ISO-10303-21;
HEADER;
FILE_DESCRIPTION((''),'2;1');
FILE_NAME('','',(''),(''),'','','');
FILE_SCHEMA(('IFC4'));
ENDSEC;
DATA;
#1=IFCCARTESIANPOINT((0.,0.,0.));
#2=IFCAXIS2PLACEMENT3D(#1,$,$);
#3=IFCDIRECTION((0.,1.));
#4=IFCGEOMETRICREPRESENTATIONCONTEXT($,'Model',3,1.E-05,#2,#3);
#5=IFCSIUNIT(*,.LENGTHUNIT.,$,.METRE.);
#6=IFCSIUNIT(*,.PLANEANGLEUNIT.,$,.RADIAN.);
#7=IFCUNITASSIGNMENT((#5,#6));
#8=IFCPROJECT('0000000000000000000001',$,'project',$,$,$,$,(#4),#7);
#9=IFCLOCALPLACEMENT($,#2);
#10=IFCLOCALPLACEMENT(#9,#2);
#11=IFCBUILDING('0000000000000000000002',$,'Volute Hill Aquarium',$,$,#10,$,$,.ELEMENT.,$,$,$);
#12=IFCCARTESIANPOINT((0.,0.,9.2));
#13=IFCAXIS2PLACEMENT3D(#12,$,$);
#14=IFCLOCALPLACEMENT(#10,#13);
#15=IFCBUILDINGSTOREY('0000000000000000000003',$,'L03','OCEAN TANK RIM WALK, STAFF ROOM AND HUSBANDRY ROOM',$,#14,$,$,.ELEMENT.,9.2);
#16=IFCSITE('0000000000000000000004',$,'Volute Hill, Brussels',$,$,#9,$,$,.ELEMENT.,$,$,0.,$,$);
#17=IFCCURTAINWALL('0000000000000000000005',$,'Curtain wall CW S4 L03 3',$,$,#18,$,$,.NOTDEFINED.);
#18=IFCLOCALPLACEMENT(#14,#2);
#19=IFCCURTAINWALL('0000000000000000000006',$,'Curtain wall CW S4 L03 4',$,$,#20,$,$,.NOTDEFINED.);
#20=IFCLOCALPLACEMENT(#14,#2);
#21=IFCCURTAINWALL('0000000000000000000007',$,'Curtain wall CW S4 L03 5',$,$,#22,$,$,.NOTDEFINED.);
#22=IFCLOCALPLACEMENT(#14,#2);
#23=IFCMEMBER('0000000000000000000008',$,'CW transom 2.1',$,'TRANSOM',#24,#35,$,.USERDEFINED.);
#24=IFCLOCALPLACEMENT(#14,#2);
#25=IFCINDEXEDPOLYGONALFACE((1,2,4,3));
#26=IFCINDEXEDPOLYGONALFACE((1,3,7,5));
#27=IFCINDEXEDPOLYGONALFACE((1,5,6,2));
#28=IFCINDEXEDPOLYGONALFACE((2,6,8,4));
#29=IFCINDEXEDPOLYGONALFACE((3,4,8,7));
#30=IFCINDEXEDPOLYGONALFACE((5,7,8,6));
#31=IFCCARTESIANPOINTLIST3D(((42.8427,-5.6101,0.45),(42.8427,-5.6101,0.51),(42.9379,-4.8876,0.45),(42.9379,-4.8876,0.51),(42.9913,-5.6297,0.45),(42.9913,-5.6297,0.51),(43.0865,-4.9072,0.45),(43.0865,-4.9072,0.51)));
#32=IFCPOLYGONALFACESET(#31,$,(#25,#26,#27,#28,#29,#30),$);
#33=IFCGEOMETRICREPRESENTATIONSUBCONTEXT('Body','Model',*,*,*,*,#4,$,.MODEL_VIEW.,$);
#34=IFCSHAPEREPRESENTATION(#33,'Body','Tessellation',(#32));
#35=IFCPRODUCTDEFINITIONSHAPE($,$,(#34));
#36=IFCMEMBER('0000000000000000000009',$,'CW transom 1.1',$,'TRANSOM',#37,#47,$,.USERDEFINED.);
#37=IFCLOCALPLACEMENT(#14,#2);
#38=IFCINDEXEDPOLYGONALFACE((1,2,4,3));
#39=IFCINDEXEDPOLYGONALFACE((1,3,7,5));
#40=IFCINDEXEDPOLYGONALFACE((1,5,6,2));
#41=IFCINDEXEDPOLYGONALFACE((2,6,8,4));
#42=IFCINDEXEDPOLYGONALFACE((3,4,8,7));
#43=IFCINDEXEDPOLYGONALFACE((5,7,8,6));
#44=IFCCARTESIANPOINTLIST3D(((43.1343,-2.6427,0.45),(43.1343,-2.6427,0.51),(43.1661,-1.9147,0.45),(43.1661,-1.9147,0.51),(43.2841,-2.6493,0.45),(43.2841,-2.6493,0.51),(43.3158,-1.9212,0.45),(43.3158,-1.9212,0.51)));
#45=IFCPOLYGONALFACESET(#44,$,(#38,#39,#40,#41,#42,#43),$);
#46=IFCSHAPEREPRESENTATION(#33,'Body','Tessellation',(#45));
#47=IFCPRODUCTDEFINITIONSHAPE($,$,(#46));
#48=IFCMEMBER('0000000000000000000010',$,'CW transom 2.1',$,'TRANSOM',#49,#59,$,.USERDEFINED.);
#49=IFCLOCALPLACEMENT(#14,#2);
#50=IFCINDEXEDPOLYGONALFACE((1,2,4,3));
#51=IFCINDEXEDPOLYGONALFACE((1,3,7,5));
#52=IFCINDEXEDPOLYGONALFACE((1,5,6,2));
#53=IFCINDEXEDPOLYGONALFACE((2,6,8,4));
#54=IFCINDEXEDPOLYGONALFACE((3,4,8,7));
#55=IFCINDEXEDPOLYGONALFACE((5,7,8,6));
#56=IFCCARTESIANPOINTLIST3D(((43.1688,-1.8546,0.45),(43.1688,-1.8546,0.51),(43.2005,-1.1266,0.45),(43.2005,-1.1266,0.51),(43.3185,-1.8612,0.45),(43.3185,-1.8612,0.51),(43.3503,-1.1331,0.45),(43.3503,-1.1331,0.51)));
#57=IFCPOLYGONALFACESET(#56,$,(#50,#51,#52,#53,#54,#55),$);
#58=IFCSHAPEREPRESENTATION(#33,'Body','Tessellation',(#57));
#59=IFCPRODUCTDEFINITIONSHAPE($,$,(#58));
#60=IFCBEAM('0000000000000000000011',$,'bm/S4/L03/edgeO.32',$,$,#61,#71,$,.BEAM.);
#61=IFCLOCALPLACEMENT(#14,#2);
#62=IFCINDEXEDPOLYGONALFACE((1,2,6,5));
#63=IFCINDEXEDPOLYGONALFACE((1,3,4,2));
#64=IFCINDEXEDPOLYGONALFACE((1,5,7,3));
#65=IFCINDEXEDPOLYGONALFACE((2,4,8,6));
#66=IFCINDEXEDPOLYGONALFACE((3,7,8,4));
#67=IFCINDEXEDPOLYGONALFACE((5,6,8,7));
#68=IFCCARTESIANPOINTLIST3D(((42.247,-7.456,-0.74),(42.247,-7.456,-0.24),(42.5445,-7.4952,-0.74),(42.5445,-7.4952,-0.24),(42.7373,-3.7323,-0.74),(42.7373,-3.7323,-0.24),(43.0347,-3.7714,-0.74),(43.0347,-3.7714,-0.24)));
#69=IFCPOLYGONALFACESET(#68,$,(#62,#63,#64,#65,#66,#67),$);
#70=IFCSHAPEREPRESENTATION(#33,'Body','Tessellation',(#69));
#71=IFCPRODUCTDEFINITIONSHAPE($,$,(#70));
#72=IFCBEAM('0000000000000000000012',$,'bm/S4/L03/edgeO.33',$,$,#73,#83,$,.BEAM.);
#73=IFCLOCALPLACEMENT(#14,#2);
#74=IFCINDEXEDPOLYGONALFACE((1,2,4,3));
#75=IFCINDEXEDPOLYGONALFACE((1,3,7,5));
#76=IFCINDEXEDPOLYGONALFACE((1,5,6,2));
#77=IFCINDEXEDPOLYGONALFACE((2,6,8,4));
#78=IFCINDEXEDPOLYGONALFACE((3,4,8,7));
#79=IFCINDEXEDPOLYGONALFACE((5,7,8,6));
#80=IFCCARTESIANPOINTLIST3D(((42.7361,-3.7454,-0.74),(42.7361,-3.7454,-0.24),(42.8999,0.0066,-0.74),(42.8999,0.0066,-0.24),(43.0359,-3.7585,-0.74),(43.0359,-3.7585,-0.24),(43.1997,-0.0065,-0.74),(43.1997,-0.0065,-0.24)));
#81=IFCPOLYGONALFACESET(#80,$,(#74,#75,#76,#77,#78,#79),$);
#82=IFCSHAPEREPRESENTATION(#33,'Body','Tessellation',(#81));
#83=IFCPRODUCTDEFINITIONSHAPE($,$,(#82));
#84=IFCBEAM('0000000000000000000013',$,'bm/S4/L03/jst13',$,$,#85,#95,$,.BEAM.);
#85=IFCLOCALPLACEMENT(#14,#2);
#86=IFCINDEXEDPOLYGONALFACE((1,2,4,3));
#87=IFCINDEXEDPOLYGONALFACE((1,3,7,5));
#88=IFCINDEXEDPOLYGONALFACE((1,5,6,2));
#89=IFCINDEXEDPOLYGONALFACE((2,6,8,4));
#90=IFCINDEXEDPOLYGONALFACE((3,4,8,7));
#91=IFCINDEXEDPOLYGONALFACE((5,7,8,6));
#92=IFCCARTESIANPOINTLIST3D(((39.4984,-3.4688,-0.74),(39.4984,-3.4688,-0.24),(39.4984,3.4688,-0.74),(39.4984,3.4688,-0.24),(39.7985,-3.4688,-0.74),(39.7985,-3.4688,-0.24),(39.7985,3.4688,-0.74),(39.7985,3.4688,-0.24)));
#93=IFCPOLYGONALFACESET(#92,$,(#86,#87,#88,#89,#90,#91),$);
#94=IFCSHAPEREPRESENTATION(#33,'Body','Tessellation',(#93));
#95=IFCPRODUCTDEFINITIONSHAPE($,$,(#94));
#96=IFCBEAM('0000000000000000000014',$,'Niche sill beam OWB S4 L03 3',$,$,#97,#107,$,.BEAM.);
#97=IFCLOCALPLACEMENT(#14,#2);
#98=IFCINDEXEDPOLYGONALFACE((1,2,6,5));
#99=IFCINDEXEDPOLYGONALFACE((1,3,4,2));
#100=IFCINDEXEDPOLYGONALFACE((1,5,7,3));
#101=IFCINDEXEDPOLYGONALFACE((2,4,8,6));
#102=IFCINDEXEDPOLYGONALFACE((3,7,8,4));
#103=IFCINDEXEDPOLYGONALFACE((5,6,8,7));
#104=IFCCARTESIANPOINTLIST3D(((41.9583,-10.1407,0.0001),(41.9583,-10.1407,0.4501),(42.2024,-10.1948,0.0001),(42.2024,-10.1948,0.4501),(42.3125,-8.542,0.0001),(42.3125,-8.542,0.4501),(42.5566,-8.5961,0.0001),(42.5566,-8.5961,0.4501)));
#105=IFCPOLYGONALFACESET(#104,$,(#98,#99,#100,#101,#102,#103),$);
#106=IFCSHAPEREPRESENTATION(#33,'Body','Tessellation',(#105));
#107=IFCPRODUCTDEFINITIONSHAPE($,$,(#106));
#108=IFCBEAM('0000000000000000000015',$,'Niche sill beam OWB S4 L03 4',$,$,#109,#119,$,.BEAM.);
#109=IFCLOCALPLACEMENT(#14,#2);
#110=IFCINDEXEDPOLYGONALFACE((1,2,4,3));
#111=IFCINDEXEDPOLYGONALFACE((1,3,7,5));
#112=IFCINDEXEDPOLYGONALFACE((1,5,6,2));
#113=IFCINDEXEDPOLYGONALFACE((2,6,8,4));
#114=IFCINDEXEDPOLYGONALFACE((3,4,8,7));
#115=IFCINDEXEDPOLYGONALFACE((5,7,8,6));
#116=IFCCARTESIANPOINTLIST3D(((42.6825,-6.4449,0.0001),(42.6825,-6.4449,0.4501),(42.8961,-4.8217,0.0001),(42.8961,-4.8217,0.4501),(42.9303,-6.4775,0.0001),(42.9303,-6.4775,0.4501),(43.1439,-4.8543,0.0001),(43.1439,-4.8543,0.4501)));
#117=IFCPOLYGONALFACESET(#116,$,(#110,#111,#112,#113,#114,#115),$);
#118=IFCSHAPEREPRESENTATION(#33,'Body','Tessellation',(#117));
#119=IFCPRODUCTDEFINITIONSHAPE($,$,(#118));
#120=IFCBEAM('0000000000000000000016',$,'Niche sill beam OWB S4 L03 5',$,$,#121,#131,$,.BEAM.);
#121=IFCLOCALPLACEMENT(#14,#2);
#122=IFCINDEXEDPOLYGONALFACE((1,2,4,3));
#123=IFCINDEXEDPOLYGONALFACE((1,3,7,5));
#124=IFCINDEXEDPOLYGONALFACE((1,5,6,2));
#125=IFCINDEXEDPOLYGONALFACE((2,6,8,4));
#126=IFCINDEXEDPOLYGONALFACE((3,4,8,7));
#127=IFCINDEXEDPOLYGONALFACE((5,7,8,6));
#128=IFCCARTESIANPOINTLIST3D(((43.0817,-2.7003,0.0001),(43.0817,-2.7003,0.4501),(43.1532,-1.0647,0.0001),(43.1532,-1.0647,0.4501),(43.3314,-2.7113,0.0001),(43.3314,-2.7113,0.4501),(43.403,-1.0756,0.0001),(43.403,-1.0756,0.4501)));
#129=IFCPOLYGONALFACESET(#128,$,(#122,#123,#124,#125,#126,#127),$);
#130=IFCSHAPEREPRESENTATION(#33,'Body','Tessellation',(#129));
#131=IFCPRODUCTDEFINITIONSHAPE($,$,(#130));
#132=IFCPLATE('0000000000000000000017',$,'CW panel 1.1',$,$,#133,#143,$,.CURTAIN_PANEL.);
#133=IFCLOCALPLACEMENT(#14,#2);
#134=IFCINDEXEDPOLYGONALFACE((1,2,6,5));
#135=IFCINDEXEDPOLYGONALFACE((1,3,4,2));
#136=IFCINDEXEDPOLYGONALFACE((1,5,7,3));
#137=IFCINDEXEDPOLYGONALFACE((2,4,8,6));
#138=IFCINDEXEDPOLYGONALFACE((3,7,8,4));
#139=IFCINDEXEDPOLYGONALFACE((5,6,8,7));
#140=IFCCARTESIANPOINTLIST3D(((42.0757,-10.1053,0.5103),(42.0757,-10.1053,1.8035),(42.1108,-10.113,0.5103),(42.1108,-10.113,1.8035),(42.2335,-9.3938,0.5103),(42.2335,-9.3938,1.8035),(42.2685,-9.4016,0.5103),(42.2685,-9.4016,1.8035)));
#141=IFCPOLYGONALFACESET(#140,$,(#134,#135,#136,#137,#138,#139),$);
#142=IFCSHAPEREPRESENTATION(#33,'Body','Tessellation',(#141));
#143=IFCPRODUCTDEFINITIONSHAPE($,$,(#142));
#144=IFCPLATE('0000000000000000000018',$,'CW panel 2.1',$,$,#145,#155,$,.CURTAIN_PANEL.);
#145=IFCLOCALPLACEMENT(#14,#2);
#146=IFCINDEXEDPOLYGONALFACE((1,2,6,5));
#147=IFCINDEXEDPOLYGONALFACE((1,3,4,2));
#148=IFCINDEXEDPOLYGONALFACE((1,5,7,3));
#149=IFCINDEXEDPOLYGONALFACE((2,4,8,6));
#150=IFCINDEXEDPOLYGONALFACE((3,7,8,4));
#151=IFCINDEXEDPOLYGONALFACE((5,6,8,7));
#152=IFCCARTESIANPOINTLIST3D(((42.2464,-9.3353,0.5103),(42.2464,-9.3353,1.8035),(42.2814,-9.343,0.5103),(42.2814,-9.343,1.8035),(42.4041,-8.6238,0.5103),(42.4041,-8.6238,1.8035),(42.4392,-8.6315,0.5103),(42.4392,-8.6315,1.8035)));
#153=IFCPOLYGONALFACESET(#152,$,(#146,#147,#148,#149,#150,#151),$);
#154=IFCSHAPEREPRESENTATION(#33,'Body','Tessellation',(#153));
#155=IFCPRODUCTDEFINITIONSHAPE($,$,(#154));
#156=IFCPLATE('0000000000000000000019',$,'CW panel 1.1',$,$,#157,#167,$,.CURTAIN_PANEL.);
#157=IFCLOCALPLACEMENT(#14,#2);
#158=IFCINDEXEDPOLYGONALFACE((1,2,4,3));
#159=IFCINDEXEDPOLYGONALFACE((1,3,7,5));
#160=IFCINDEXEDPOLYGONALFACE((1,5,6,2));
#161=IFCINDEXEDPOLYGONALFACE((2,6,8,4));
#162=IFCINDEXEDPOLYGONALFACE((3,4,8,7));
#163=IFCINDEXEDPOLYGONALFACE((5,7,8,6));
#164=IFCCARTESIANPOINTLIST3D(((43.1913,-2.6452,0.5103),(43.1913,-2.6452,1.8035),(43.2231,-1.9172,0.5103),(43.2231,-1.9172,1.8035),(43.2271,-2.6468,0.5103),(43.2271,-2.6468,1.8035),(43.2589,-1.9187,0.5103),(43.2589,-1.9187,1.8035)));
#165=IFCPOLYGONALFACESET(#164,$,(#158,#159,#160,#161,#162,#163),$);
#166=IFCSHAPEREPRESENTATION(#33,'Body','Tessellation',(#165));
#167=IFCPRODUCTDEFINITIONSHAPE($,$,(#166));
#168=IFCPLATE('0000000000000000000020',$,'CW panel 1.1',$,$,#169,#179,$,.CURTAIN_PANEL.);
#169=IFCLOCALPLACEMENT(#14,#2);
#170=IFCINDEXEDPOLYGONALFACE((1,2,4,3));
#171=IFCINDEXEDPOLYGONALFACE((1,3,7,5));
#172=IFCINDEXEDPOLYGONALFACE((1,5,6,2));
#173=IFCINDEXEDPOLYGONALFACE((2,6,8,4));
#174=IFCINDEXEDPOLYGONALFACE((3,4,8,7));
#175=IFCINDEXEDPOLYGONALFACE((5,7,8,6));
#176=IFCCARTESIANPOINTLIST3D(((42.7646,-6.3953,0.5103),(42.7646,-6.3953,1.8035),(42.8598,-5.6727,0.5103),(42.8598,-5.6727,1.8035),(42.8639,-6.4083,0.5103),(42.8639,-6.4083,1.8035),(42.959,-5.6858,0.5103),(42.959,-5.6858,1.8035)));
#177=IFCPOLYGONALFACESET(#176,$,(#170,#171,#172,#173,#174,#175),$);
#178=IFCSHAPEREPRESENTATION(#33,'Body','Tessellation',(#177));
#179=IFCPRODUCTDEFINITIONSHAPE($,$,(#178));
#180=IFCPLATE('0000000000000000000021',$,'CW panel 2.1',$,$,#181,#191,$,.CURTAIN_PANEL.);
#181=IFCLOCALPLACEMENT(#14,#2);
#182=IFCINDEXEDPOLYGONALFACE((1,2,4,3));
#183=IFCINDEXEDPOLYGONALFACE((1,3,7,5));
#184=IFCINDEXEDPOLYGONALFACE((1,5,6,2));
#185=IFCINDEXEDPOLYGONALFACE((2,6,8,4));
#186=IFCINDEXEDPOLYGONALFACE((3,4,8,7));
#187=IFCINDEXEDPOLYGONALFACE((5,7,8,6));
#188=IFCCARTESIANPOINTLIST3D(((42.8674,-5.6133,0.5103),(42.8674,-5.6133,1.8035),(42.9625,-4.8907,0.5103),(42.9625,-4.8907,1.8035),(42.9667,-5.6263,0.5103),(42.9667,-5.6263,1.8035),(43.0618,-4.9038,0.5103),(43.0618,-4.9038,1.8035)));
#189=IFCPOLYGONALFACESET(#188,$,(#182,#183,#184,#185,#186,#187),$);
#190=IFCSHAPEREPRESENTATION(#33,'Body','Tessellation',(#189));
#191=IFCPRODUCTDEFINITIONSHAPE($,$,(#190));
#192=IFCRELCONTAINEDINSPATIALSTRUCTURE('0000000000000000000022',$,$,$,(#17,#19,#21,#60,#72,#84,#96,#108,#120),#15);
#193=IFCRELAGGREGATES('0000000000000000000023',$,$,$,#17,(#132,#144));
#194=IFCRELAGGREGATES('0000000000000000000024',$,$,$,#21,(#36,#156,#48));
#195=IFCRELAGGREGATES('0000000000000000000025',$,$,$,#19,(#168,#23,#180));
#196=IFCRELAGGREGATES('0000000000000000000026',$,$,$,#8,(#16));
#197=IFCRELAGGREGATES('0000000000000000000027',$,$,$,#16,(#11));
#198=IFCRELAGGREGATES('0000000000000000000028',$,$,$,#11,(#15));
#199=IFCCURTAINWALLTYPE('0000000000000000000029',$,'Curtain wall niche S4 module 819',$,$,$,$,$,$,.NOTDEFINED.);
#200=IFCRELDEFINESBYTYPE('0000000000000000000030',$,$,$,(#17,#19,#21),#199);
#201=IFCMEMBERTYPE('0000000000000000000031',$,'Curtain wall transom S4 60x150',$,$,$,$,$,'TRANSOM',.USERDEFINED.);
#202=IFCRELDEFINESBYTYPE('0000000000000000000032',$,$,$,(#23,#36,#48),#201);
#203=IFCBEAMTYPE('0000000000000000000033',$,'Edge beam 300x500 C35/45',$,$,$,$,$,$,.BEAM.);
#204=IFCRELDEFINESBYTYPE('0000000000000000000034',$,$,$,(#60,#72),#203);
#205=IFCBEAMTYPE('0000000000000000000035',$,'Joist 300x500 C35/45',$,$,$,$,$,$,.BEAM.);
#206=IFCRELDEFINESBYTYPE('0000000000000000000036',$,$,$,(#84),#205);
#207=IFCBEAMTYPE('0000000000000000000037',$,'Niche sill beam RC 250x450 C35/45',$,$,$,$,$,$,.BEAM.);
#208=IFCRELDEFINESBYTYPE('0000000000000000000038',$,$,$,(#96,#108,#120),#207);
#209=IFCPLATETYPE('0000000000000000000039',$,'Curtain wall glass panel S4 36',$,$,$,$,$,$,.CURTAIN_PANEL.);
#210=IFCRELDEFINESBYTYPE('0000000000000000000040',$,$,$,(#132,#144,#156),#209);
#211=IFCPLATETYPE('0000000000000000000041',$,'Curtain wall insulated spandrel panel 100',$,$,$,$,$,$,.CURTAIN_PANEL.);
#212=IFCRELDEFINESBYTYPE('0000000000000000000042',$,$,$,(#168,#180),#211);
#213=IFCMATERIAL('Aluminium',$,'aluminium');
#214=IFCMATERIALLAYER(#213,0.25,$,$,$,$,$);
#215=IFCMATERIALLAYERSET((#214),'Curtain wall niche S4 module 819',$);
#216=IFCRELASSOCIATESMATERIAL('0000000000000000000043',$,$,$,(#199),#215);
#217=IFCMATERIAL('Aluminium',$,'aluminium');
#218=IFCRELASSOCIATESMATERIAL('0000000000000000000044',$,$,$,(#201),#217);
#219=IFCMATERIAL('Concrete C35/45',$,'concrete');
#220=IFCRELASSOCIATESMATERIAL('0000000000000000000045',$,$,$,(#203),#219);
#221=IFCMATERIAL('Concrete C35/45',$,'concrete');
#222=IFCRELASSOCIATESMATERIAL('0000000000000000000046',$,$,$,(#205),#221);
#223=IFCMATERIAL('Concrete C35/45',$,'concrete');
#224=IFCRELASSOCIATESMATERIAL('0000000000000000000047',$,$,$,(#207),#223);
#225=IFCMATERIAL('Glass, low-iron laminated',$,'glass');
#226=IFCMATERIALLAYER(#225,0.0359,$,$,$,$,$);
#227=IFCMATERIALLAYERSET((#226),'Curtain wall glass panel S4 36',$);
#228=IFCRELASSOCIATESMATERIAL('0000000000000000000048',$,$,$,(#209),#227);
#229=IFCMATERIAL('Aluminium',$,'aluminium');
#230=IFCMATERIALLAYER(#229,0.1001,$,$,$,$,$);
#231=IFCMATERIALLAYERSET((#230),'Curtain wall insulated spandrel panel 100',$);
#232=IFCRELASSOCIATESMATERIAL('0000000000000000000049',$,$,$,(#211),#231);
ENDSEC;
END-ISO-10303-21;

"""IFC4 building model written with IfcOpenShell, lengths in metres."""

from ifc_helpers import new_model, si_unit, direction, frame, origin, origin_2d, place, context, subcontext, project, spatial, rectangle, extrude, material, layer, layer_set, material_profile, profile_set, type_object, element, aggregate, save


model = new_model("IFC4")

# Units and contexts
model_context = context("Model", 3, precision=1e-05, world=origin(), true_north=direction((0.0, 1.0)))
body_context = subcontext(model_context, "Body", "Model", "MODEL_VIEW")
ifc_project = project(units=[si_unit("LENGTHUNIT", "METRE"), si_unit("PLANEANGLEUNIT", "RADIAN")], contexts=[model_context])

# Site, building, storey
site_placement = place(None, origin())
site = spatial("IfcSite", under=ifc_project, at=site_placement, Name="Volute Hill, Brussels", CompositionType="ELEMENT", RefElevation=0.0)
building_placement = place(site_placement, origin())
building = spatial("IfcBuilding", under=site, at=building_placement, Name="Volute Hill Aquarium", CompositionType="ELEMENT")
storey_placement = place(building_placement, frame((0.0, 0.0, 9.2)))
storey = spatial("IfcBuildingStorey", under=building, at=storey_placement, Name="L03", Description="OCEAN TANK RIM WALK, STAFF ROOM AND HUSBANDRY ROOM", CompositionType="ELEMENT", Elevation=9.2)

# Curtain walls
ifc_material_1 = material(Name="Aluminium", Category="aluminium")
ifc_layer_1 = layer(ifc_material_1, 0.25)
ifc_layer_set_1 = layer_set([ifc_layer_1], Name="Curtain wall niche S4 module 819")
curtain_wall_type = type_object("IfcCurtainWallType", Name="Curtain wall niche S4 module 819", PredefinedType="NOTDEFINED", material=ifc_layer_set_1)
curtain_wall_1_placement = place(storey_placement, origin())
curtain_wall_1 = element("IfcCurtainWall", 1, at=curtain_wall_1_placement, inside=storey, type_object=curtain_wall_type, Name="Curtain wall CW S4 L03 3", PredefinedType="NOTDEFINED")
curtain_wall_2_placement = place(storey_placement, origin())
curtain_wall_2 = element("IfcCurtainWall", 2, at=curtain_wall_2_placement, inside=storey, type_object=curtain_wall_type, Name="Curtain wall CW S4 L03 4", PredefinedType="NOTDEFINED")
curtain_wall_3_placement = place(storey_placement, origin())
curtain_wall_3 = element("IfcCurtainWall", 3, at=curtain_wall_3_placement, inside=storey, type_object=curtain_wall_type, Name="Curtain wall CW S4 L03 5", PredefinedType="NOTDEFINED")

# Members
ifc_material_2 = material(Name="Aluminium", Category="aluminium")
ifc_material_profile_1 = material_profile(ifc_material_2, rectangle(XDim=0.1499, YDim=0.0601, at=origin_2d()), Name="Curtain wall transom S4 60x150")
ifc_profile_set_1 = profile_set([ifc_material_profile_1], Name="Aluminium")
member_type_1 = type_object("IfcMemberType", Name="Curtain wall transom S4 60x150", ElementType="TRANSOM", PredefinedType="USERDEFINED", material=ifc_profile_set_1)
member_1_placement = place(storey_placement, frame((42.917, -5.6199, 0.48), z_axis=(0.130671, 0.991426, 0.0), x_axis=(-0.991426, 0.130671, 0.0)))
member_1 = element("IfcMember", 4, at=member_1_placement, type_object=member_type_1, Name="CW transom 2.1", ObjectType="TRANSOM", PredefinedType="USERDEFINED", context=body_context, shape_type="SweptSolid", body=[
    extrude(rectangle(XDim=0.1499, YDim=0.0601, at=origin_2d()), origin(), (0.0, 0.0, 1.0), 0.7288),
])
member_2_placement = place(storey_placement, frame((43.2092, -2.646, 0.48), z_axis=(0.043554, 0.999051, 0.0), x_axis=(-0.999051, 0.043554, 0.0)))
member_2 = element("IfcMember", 5, at=member_2_placement, type_object=member_type_1, Name="CW transom 1.1", ObjectType="TRANSOM", PredefinedType="USERDEFINED", context=body_context, shape_type="SweptSolid", body=[
    extrude(rectangle(XDim=0.1499, YDim=0.0601, at=origin_2d()), origin(), (0.0, 0.0, 1.0), 0.7288),
])
member_3_placement = place(storey_placement, frame((43.2437, -1.8579, 0.48), z_axis=(0.043554, 0.999051, 0.0), x_axis=(-0.999051, 0.043554, 0.0)))
member_3 = element("IfcMember", 6, at=member_3_placement, type_object=member_type_1, Name="CW transom 2.1", ObjectType="TRANSOM", PredefinedType="USERDEFINED", context=body_context, shape_type="SweptSolid", body=[
    extrude(rectangle(XDim=0.1499, YDim=0.0601, at=origin_2d()), origin(), (0.0, 0.0, 1.0), 0.7288),
])

# Beams
ifc_material_3 = material(Name="Concrete C35/45", Category="concrete")
ifc_material_profile_2 = material_profile(ifc_material_3, rectangle(XDim=0.3, YDim=0.5, at=origin_2d()), Name="RC edge beam 300x500")
ifc_profile_set_2 = profile_set([ifc_material_profile_2], Name="Concrete C35/45")
beam_type_1 = type_object("IfcBeamType", Name="Edge beam 300x500 C35/45", PredefinedType="BEAM", material=ifc_profile_set_2)
beam_1_placement = place(storey_placement, frame((42.3958, -7.4756, -0.49), z_axis=(0.130528, 0.991445, 0.0), x_axis=(-0.991445, 0.130528, 0.0)))
element("IfcBeam", 7, at=beam_1_placement, inside=storey, type_object=beam_type_1, Name="bm/S4/L03/edgeO.32", PredefinedType="BEAM", context=body_context, shape_type="SweptSolid", body=[
    extrude(rectangle(XDim=0.3, YDim=0.5, at=origin_2d()), origin(), (0.0, 0.0, 1.0), 3.7559),
])
beam_2_placement = place(storey_placement, frame((42.886, -3.752, -0.49), z_axis=(0.043621, 0.999048, 0.0), x_axis=(-0.999048, 0.043621, 0.0)))
element("IfcBeam", 8, at=beam_2_placement, inside=storey, type_object=beam_type_1, Name="bm/S4/L03/edgeO.33", PredefinedType="BEAM", context=body_context, shape_type="SweptSolid", body=[
    extrude(rectangle(XDim=0.3, YDim=0.5, at=origin_2d()), origin(), (0.0, 0.0, 1.0), 3.7556),
])
ifc_material_4 = material(Name="Concrete C35/45", Category="concrete")
ifc_material_profile_3 = material_profile(ifc_material_4, rectangle(XDim=0.3, YDim=0.5, at=origin_2d()), Name="RC joist 300x500")
ifc_profile_set_3 = profile_set([ifc_material_profile_3], Name="Concrete C35/45")
beam_type_2 = type_object("IfcBeamType", Name="Joist 300x500 C35/45", PredefinedType="BEAM", material=ifc_profile_set_3)
beam_3_placement = place(storey_placement, frame((39.6484, -3.4688, -0.49), z_axis=(0.0, 1.0, 0.0), x_axis=(-1.0, 0.0, 0.0)))
element("IfcBeam", 9, at=beam_3_placement, inside=storey, type_object=beam_type_2, Name="bm/S4/L03/jst13", PredefinedType="BEAM", context=body_context, shape_type="SweptSolid", body=[
    extrude(rectangle(XDim=0.3, YDim=0.5, at=origin_2d()), origin(), (0.0, 0.0, 1.0), 6.9375),
])
ifc_material_5 = material(Name="Concrete C35/45", Category="concrete")
ifc_material_profile_4 = material_profile(ifc_material_5, rectangle(XDim=0.25, YDim=0.45, at=origin_2d()), Name="RC beam 250x450")
ifc_profile_set_4 = profile_set([ifc_material_profile_4], Name="Concrete C35/45")
beam_type_3 = type_object("IfcBeamType", Name="Niche sill beam RC 250x450 C35/45", PredefinedType="BEAM", material=ifc_profile_set_4)
beam_4_placement = place(storey_placement, frame((42.0803, -10.1677, 0.2251), z_axis=(0.216346, 0.976317, 0.0), x_axis=(-0.976317, 0.216346, 0.0)))
element("IfcBeam", 10, at=beam_4_placement, inside=storey, type_object=beam_type_3, Name="Niche sill beam OWB S4 L03 3", PredefinedType="BEAM", context=body_context, shape_type="SweptSolid", body=[
    extrude(rectangle(XDim=0.25, YDim=0.45, at=origin_2d()), origin(), (0.0, 0.0, 1.0), 1.6375),
])
for number, where, z_axis, x_axis, name in (
    (11, (42.8064, -6.4612, 0.2251), (0.130474, 0.991452, 0.0), (-0.991452, 0.130474, 0.0), "Niche sill beam OWB S4 L03 4"),
    (12, (43.2065, -2.7058, 0.2251), (0.04369, 0.999045, 0.0), (-0.999045, 0.04369, 0.0), "Niche sill beam OWB S4 L03 5"),
):
    element("IfcBeam", number, at=place(storey_placement, frame(where, z_axis=z_axis, x_axis=x_axis)), inside=storey, type_object=beam_type_3, Name=name, PredefinedType="BEAM", context=body_context, shape_type="SweptSolid", body=[
        extrude(rectangle(XDim=0.25, YDim=0.45, at=origin_2d()), origin(), (0.0, 0.0, 1.0), 1.6372),
    ])

# Plates
ifc_material_6 = material(Name="Glass, low-iron laminated", Category="glass")
ifc_layer_2 = layer(ifc_material_6, 0.0359)
ifc_layer_set_2 = layer_set([ifc_layer_2], Name="Curtain wall glass panel S4 36")
plate_type_1 = type_object("IfcPlateType", Name="Curtain wall glass panel S4 36", PredefinedType="CURTAIN_PANEL", material=ifc_layer_set_2)
plate_1_placement = place(storey_placement, frame((42.1721, -9.7534, 0.5103), z_axis=(0.0, 0.0, 1.0), x_axis=(0.216432, 0.976298, 0.0)))
plate_1 = element("IfcPlate", 13, at=plate_1_placement, type_object=plate_type_1, Name="CW panel 1.1", PredefinedType="CURTAIN_PANEL", context=body_context, shape_type="SweptSolid", body=[
    extrude(rectangle(XDim=0.7288, YDim=0.0359, at=origin_2d()), origin(), (0.0, 0.0, 1.0), 1.2932),
])
plate_2_placement = place(storey_placement, frame((42.3428, -8.9834, 0.5103), z_axis=(0.0, 0.0, 1.0), x_axis=(0.216432, 0.976298, 0.0)))
plate_2 = element("IfcPlate", 14, at=plate_2_placement, type_object=plate_type_1, Name="CW panel 2.1", PredefinedType="CURTAIN_PANEL", context=body_context, shape_type="SweptSolid", body=[
    extrude(rectangle(XDim=0.7288, YDim=0.0359, at=origin_2d()), origin(), (0.0, 0.0, 1.0), 1.2932),
])
aggregate(curtain_wall_1, [plate_1, plate_2])
plate_3_placement = place(storey_placement, frame((43.2251, -2.282, 0.5103), z_axis=(0.0, 0.0, 1.0), x_axis=(0.043617, 0.999048, 0.0)))
plate_3 = element("IfcPlate", 15, at=plate_3_placement, type_object=plate_type_1, Name="CW panel 1.1", PredefinedType="CURTAIN_PANEL", context=body_context, shape_type="SweptSolid", body=[
    extrude(rectangle(XDim=0.7288, YDim=0.0359, at=origin_2d()), origin(), (0.0, 0.0, 1.0), 1.2932),
])
aggregate(curtain_wall_3, [member_2, plate_3, member_3])
ifc_material_7 = material(Name="Aluminium", Category="aluminium")
ifc_layer_3 = layer(ifc_material_7, 0.1001)
ifc_layer_set_3 = layer_set([ifc_layer_3], Name="Curtain wall insulated spandrel panel 100")
plate_type_2 = type_object("IfcPlateType", Name="Curtain wall insulated spandrel panel 100", PredefinedType="CURTAIN_PANEL", material=ifc_layer_set_3)
plate_4_placement = place(storey_placement, frame((42.8618, -6.0405, 0.5103), z_axis=(0.0, 0.0, 1.0), x_axis=(0.130516, 0.991446, 0.0)))
plate_4 = element("IfcPlate", 16, at=plate_4_placement, type_object=plate_type_2, Name="CW panel 1.1", PredefinedType="CURTAIN_PANEL", context=body_context, shape_type="SweptSolid", body=[
    extrude(rectangle(XDim=0.7288, YDim=0.1001, at=origin_2d()), origin(), (0.0, 0.0, 1.0), 1.2932),
])
plate_5_placement = place(storey_placement, frame((42.9646, -5.2585, 0.5103), z_axis=(0.0, 0.0, 1.0), x_axis=(0.130516, 0.991446, 0.0)))
plate_5 = element("IfcPlate", 17, at=plate_5_placement, type_object=plate_type_2, Name="CW panel 2.1", PredefinedType="CURTAIN_PANEL", context=body_context, shape_type="SweptSolid", body=[
    extrude(rectangle(XDim=0.7288, YDim=0.1001, at=origin_2d()), origin(), (0.0, 0.0, 1.0), 1.2932),
])
aggregate(curtain_wall_2, [plate_4, member_1, plate_5])

save(model, "model.ifc")
